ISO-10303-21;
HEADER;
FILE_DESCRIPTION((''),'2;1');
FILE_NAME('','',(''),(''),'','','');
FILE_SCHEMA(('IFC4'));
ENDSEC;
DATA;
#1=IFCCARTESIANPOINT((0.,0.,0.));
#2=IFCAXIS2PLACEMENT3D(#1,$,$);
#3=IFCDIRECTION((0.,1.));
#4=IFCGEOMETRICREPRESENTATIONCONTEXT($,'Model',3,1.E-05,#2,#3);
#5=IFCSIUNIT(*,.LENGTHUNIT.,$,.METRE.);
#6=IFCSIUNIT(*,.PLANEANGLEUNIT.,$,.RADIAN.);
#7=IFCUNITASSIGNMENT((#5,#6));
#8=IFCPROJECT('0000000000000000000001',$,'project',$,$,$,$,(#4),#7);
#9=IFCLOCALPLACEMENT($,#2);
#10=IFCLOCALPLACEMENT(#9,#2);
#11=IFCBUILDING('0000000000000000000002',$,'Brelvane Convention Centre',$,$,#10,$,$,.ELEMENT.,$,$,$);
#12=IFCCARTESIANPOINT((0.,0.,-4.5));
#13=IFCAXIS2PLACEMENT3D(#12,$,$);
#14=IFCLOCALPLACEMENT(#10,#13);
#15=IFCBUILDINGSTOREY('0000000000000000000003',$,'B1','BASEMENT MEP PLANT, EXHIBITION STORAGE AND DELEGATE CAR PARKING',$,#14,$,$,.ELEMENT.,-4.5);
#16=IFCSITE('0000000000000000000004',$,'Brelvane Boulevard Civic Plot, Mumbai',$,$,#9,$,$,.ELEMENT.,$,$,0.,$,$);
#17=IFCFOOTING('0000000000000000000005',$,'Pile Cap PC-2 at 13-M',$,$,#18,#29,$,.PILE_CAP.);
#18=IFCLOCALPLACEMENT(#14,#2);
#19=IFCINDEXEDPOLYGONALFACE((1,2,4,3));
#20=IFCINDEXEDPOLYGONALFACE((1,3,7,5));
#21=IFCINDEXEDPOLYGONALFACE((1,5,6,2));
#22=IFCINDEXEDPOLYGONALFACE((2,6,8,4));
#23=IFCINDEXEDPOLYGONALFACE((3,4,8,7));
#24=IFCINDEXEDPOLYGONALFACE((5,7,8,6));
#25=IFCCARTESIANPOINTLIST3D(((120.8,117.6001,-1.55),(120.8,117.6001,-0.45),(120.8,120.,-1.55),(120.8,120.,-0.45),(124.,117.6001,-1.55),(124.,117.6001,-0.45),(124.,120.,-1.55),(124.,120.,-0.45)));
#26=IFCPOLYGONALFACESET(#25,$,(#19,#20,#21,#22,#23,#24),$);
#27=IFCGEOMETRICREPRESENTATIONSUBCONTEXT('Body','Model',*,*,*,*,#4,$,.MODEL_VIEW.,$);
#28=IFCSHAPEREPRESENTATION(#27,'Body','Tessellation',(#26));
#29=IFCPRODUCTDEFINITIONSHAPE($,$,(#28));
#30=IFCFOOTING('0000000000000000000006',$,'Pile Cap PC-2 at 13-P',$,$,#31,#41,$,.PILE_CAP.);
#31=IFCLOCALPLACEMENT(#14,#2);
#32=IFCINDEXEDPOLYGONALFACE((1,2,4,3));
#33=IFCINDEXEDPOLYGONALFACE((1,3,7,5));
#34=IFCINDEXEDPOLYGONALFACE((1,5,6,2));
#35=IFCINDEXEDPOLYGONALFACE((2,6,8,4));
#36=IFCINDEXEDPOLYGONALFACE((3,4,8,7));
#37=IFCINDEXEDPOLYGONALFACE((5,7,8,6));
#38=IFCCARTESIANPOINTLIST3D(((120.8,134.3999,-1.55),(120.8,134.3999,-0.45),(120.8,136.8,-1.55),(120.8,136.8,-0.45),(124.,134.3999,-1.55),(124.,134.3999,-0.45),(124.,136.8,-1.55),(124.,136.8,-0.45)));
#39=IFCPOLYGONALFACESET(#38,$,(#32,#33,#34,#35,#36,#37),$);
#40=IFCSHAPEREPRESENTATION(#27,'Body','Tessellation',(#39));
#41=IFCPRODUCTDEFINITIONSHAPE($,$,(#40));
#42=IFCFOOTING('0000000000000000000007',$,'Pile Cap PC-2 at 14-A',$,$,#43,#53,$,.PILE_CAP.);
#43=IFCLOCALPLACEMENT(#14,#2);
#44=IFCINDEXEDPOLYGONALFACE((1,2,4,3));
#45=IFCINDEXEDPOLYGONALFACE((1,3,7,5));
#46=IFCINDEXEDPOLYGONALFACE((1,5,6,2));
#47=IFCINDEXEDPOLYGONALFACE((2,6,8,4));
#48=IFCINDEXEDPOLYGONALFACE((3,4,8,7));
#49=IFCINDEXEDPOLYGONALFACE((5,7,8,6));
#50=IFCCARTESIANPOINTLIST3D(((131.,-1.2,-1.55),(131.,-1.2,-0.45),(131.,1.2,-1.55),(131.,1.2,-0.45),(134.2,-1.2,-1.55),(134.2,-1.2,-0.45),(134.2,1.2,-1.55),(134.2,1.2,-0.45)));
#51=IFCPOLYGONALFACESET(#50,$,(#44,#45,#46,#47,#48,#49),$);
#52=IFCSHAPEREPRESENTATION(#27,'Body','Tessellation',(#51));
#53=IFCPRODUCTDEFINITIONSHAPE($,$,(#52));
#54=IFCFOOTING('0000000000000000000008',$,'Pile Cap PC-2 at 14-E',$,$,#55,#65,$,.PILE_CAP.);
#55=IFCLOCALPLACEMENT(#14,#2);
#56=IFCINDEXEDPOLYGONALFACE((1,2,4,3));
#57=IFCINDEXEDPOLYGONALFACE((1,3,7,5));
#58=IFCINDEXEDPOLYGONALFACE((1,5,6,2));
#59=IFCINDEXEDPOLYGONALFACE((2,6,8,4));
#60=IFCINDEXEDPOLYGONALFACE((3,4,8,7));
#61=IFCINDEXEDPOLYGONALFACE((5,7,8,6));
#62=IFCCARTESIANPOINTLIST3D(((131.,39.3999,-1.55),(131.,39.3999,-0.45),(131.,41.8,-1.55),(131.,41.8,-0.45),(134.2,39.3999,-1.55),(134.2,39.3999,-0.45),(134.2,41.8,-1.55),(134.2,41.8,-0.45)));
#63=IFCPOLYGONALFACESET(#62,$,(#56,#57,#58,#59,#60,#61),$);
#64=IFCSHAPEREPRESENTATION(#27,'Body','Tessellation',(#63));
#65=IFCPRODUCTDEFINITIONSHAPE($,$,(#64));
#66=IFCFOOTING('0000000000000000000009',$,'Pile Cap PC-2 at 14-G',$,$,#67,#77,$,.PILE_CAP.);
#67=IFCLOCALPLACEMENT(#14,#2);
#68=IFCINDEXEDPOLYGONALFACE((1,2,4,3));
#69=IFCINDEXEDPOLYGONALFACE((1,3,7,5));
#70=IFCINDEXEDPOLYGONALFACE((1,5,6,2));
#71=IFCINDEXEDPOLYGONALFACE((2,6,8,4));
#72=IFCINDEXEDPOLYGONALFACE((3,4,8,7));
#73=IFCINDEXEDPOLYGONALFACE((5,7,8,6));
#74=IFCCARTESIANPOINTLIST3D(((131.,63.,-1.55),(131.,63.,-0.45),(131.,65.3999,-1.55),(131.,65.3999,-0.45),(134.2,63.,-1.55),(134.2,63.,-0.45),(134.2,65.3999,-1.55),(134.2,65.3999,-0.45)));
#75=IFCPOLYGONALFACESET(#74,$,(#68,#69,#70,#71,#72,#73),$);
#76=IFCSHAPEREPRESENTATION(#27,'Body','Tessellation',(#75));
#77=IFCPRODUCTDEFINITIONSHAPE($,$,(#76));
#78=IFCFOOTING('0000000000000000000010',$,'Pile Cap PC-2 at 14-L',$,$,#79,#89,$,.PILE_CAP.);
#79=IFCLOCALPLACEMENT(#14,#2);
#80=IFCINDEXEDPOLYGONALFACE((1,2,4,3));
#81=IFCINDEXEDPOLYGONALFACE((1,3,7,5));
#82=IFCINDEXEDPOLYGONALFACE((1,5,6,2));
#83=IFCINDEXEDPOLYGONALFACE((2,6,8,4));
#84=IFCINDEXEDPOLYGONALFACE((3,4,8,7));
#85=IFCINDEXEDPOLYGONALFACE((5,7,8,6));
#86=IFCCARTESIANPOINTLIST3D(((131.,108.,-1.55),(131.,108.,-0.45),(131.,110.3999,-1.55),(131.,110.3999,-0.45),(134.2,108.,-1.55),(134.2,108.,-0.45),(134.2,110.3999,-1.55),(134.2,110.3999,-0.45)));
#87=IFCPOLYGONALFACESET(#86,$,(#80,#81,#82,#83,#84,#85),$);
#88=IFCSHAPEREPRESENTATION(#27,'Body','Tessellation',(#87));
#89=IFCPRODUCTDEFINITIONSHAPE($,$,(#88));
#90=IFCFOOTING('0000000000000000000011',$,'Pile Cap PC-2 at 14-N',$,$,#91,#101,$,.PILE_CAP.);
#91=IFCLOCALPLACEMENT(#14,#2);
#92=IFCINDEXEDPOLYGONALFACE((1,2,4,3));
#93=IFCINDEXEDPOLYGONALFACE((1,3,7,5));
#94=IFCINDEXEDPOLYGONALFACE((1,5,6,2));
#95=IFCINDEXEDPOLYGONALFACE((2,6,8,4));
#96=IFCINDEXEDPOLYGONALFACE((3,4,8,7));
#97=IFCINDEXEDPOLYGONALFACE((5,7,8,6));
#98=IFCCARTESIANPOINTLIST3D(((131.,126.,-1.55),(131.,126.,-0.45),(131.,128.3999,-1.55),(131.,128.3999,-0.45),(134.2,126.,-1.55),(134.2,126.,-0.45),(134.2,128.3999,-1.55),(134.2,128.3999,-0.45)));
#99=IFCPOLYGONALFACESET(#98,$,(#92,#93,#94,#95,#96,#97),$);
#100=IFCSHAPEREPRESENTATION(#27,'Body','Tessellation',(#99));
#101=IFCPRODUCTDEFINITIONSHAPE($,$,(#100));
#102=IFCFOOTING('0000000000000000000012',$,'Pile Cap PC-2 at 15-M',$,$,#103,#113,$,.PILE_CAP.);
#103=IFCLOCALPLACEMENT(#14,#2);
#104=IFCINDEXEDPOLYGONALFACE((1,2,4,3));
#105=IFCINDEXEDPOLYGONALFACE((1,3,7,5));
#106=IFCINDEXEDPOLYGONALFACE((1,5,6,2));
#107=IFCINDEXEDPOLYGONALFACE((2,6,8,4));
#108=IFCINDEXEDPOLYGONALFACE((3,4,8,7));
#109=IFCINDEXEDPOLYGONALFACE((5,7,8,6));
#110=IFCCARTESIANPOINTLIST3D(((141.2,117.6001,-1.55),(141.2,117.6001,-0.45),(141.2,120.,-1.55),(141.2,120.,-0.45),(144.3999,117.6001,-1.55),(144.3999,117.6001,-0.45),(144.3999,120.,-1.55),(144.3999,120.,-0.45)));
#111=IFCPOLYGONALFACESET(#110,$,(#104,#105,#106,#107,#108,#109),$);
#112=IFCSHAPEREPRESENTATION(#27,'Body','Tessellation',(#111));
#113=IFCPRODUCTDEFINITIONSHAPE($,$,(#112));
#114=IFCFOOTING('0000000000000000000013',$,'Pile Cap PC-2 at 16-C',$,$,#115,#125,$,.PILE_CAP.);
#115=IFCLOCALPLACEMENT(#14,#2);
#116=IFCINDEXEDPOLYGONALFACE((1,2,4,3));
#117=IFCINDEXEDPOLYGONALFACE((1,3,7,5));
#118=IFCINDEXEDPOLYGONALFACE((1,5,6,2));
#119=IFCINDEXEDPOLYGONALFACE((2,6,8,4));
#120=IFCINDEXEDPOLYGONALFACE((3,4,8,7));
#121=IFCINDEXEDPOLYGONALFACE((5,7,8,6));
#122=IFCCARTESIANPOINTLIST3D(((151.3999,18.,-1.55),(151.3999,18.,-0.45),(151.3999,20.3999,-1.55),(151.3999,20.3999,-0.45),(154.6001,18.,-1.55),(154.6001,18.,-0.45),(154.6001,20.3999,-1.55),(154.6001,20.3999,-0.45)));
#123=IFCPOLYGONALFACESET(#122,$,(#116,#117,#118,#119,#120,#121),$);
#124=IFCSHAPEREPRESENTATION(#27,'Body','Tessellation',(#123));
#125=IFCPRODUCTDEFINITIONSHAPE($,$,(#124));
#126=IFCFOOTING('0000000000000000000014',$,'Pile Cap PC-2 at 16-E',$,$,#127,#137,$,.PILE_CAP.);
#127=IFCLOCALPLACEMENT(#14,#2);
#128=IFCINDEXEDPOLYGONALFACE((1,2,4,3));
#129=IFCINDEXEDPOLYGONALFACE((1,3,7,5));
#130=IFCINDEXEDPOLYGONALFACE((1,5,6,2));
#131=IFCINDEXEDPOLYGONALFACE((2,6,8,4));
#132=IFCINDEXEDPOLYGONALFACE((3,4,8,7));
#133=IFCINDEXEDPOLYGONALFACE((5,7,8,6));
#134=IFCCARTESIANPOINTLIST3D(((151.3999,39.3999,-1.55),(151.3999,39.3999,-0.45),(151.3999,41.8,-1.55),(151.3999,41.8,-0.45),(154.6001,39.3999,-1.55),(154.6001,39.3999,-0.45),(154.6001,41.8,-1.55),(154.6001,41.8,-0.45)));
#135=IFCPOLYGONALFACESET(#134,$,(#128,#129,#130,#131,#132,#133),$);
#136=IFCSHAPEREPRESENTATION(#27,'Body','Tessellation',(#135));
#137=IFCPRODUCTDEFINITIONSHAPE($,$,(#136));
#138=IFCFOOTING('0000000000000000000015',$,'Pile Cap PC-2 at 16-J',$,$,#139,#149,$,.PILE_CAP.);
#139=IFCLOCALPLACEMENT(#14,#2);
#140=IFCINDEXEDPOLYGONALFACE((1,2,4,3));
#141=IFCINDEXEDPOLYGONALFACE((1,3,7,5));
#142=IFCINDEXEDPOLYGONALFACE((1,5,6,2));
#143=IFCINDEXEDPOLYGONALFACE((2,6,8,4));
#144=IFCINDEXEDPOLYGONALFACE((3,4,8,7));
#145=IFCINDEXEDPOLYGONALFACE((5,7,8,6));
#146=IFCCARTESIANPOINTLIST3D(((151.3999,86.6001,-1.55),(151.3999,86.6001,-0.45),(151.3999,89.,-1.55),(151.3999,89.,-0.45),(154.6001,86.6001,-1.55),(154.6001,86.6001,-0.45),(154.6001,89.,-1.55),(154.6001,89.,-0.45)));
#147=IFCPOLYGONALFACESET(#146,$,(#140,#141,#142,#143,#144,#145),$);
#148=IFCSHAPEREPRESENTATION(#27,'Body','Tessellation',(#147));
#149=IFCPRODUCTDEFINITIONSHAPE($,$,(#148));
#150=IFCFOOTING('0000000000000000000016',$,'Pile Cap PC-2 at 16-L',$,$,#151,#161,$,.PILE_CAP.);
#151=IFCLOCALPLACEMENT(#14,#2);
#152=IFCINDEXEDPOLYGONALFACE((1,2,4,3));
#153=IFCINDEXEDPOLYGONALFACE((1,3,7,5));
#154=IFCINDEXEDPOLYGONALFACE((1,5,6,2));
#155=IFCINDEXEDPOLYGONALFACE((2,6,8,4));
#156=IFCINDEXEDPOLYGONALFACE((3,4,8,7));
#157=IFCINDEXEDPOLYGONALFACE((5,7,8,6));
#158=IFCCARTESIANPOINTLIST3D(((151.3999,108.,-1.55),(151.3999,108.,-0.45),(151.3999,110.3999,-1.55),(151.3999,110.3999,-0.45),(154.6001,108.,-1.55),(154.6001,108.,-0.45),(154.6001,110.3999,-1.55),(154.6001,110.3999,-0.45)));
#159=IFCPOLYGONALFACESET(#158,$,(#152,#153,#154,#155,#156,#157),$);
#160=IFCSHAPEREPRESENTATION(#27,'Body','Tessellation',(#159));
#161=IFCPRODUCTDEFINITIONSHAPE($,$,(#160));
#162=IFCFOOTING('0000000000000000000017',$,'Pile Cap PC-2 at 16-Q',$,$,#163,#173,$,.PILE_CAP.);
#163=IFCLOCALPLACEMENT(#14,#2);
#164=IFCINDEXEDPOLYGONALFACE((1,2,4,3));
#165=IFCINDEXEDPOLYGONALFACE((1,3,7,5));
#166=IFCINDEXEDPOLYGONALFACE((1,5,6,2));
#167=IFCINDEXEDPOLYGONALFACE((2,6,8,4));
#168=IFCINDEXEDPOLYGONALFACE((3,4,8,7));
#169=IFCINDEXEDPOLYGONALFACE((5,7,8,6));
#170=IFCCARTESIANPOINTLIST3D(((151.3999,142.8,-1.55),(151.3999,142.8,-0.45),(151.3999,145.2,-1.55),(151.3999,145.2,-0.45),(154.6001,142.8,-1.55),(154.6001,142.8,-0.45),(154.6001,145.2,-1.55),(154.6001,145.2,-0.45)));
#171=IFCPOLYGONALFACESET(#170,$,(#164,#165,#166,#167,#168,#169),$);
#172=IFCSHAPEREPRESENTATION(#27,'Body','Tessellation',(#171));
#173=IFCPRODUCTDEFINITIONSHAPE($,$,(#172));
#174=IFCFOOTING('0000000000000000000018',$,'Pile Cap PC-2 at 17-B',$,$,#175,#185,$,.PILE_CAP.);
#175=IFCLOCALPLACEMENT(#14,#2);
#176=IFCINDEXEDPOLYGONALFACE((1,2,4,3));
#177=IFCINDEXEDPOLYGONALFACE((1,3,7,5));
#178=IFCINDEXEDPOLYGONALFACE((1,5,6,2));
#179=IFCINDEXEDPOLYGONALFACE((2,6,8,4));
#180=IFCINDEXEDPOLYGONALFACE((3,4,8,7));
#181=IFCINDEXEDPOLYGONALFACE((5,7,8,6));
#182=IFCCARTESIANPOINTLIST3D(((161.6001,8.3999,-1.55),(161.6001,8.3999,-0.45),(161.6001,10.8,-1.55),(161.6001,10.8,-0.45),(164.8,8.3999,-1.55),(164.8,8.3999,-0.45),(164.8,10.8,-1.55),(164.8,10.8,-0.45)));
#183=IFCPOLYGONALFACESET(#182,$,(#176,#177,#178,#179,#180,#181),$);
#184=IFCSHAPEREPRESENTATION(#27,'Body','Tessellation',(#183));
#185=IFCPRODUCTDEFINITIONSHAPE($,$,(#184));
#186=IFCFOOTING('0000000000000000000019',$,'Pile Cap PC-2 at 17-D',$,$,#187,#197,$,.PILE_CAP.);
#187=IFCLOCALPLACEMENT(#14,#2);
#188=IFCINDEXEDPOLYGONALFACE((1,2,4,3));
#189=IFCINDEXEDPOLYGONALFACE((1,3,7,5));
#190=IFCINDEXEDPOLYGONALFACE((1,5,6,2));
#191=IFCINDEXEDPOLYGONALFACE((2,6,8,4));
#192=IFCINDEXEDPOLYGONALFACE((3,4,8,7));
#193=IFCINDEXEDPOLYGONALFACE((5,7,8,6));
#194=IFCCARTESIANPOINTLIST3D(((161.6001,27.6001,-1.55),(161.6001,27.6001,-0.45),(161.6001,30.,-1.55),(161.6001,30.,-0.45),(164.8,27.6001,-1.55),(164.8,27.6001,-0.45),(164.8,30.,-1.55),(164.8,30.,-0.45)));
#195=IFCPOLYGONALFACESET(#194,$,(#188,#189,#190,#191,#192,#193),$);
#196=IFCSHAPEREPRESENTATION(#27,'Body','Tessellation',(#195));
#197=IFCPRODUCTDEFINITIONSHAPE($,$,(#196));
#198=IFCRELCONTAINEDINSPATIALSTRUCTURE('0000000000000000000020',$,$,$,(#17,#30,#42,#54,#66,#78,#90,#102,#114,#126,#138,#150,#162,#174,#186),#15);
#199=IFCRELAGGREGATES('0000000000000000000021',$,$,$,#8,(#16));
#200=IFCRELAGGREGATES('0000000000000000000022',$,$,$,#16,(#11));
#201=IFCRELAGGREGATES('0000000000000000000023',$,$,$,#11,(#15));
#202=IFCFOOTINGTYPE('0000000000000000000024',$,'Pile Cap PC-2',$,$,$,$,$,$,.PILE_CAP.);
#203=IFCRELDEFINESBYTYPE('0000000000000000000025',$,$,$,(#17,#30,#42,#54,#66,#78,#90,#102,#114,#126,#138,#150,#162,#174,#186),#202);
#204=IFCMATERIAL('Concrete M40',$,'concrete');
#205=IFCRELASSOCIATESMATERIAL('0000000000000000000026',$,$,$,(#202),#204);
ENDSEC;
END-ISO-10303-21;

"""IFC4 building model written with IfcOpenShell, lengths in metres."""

from ifc_helpers import new_model, si_unit, direction, frame, origin, place, context, subcontext, project, spatial, polyline, outline, extrude, material, type_object, element, save


model = new_model("IFC4")

# Units and contexts
model_context = context("Model", 3, precision=1e-05, world=origin(), true_north=direction((0.0, 1.0)))
body_context = subcontext(model_context, "Body", "Model", "MODEL_VIEW")
ifc_project = project(units=[si_unit("LENGTHUNIT", "METRE"), si_unit("PLANEANGLEUNIT", "RADIAN")], contexts=[model_context])

# Site, building, storey
site_placement = place(None, origin())
site = spatial("IfcSite", under=ifc_project, at=site_placement, Name="Brelvane Boulevard Civic Plot, Mumbai", CompositionType="ELEMENT", RefElevation=0.0)
building_placement = place(site_placement, origin())
building = spatial("IfcBuilding", under=site, at=building_placement, Name="Brelvane Convention Centre", CompositionType="ELEMENT")
storey_placement = place(building_placement, frame((0.0, 0.0, -4.5)))
storey = spatial("IfcBuildingStorey", under=building, at=storey_placement, Name="B1", Description="BASEMENT MEP PLANT, EXHIBITION STORAGE AND DELEGATE CAR PARKING", CompositionType="ELEMENT", Elevation=-4.5)

# Footings
ifc_material = material(Name="Concrete M40", Category="concrete")
footing_type = type_object("IfcFootingType", Name="Pile Cap PC-2", PredefinedType="PILE_CAP", material=ifc_material)
footing_1_placement = place(storey_placement, frame((0.0, 0.0, -1.55)))
element("IfcFooting", 1, at=footing_1_placement, inside=storey, type_object=footing_type, Name="Pile Cap PC-2 at 13-M", PredefinedType="PILE_CAP", context=body_context, shape_type="SweptSolid", body=[
    extrude(outline(polyline([(120.8, 117.6001), (124.0, 117.6001), (124.0, 120.0), (120.8, 120.0), (120.8, 117.6001)])), origin(), (0.0, 0.0, 1.0), 1.1001),
])
footing_2_placement = place(storey_placement, frame((0.0, 0.0, -1.55)))
element("IfcFooting", 2, at=footing_2_placement, inside=storey, type_object=footing_type, Name="Pile Cap PC-2 at 13-P", PredefinedType="PILE_CAP", context=body_context, shape_type="SweptSolid", body=[
    extrude(outline(polyline([(120.8, 134.3999), (124.0, 134.3999), (124.0, 136.8), (120.8, 136.8), (120.8, 134.3999)])), origin(), (0.0, 0.0, 1.0), 1.1001),
])
footing_3_placement = place(storey_placement, frame((0.0, 0.0, -1.55)))
element("IfcFooting", 3, at=footing_3_placement, inside=storey, type_object=footing_type, Name="Pile Cap PC-2 at 14-A", PredefinedType="PILE_CAP", context=body_context, shape_type="SweptSolid", body=[
    extrude(outline(polyline([(131.0, -1.2), (134.2, -1.2), (134.2, 1.2), (131.0, 1.2), (131.0, -1.2)])), origin(), (0.0, 0.0, 1.0), 1.1001),
])
footing_4_placement = place(storey_placement, frame((0.0, 0.0, -1.55)))
element("IfcFooting", 4, at=footing_4_placement, inside=storey, type_object=footing_type, Name="Pile Cap PC-2 at 14-E", PredefinedType="PILE_CAP", context=body_context, shape_type="SweptSolid", body=[
    extrude(outline(polyline([(131.0, 39.3999), (134.2, 39.3999), (134.2, 41.8), (131.0, 41.8), (131.0, 39.3999)])), origin(), (0.0, 0.0, 1.0), 1.1001),
])
footing_5_placement = place(storey_placement, frame((0.0, 0.0, -1.55)))
element("IfcFooting", 5, at=footing_5_placement, inside=storey, type_object=footing_type, Name="Pile Cap PC-2 at 14-G", PredefinedType="PILE_CAP", context=body_context, shape_type="SweptSolid", body=[
    extrude(outline(polyline([(131.0, 63.0), (134.2, 63.0), (134.2, 65.3999), (131.0, 65.3999), (131.0, 63.0)])), origin(), (0.0, 0.0, 1.0), 1.1001),
])
footing_6_placement = place(storey_placement, frame((0.0, 0.0, -1.55)))
element("IfcFooting", 6, at=footing_6_placement, inside=storey, type_object=footing_type, Name="Pile Cap PC-2 at 14-L", PredefinedType="PILE_CAP", context=body_context, shape_type="SweptSolid", body=[
    extrude(outline(polyline([(131.0, 108.0), (134.2, 108.0), (134.2, 110.3999), (131.0, 110.3999), (131.0, 108.0)])), origin(), (0.0, 0.0, 1.0), 1.1001),
])
footing_7_placement = place(storey_placement, frame((0.0, 0.0, -1.55)))
element("IfcFooting", 7, at=footing_7_placement, inside=storey, type_object=footing_type, Name="Pile Cap PC-2 at 14-N", PredefinedType="PILE_CAP", context=body_context, shape_type="SweptSolid", body=[
    extrude(outline(polyline([(131.0, 126.0), (134.2, 126.0), (134.2, 128.3999), (131.0, 128.3999), (131.0, 126.0)])), origin(), (0.0, 0.0, 1.0), 1.1001),
])
footing_8_placement = place(storey_placement, frame((0.0, 0.0, -1.55)))
element("IfcFooting", 8, at=footing_8_placement, inside=storey, type_object=footing_type, Name="Pile Cap PC-2 at 15-M", PredefinedType="PILE_CAP", context=body_context, shape_type="SweptSolid", body=[
    extrude(outline(polyline([(141.2, 117.6001), (144.3999, 117.6001), (144.3999, 120.0), (141.2, 120.0), (141.2, 117.6001)])), origin(), (0.0, 0.0, 1.0), 1.1001),
])
footing_9_placement = place(storey_placement, frame((0.0, 0.0, -1.55)))
element("IfcFooting", 9, at=footing_9_placement, inside=storey, type_object=footing_type, Name="Pile Cap PC-2 at 16-C", PredefinedType="PILE_CAP", context=body_context, shape_type="SweptSolid", body=[
    extrude(outline(polyline([(151.3999, 18.0), (154.6001, 18.0), (154.6001, 20.3999), (151.3999, 20.3999), (151.3999, 18.0)])), origin(), (0.0, 0.0, 1.0), 1.1001),
])
footing_10_placement = place(storey_placement, frame((0.0, 0.0, -1.55)))
element("IfcFooting", 10, at=footing_10_placement, inside=storey, type_object=footing_type, Name="Pile Cap PC-2 at 16-E", PredefinedType="PILE_CAP", context=body_context, shape_type="SweptSolid", body=[
    extrude(outline(polyline([(151.3999, 39.3999), (154.6001, 39.3999), (154.6001, 41.8), (151.3999, 41.8), (151.3999, 39.3999)])), origin(), (0.0, 0.0, 1.0), 1.1001),
])
footing_11_placement = place(storey_placement, frame((0.0, 0.0, -1.55)))
element("IfcFooting", 11, at=footing_11_placement, inside=storey, type_object=footing_type, Name="Pile Cap PC-2 at 16-J", PredefinedType="PILE_CAP", context=body_context, shape_type="SweptSolid", body=[
    extrude(outline(polyline([(151.3999, 86.6001), (154.6001, 86.6001), (154.6001, 89.0), (151.3999, 89.0), (151.3999, 86.6001)])), origin(), (0.0, 0.0, 1.0), 1.1001),
])
footing_12_placement = place(storey_placement, frame((0.0, 0.0, -1.55)))
element("IfcFooting", 12, at=footing_12_placement, inside=storey, type_object=footing_type, Name="Pile Cap PC-2 at 16-L", PredefinedType="PILE_CAP", context=body_context, shape_type="SweptSolid", body=[
    extrude(outline(polyline([(151.3999, 108.0), (154.6001, 108.0), (154.6001, 110.3999), (151.3999, 110.3999), (151.3999, 108.0)])), origin(), (0.0, 0.0, 1.0), 1.1001),
])
footing_13_placement = place(storey_placement, frame((0.0, 0.0, -1.55)))
element("IfcFooting", 13, at=footing_13_placement, inside=storey, type_object=footing_type, Name="Pile Cap PC-2 at 16-Q", PredefinedType="PILE_CAP", context=body_context, shape_type="SweptSolid", body=[
    extrude(outline(polyline([(151.3999, 142.8), (154.6001, 142.8), (154.6001, 145.2), (151.3999, 145.2), (151.3999, 142.8)])), origin(), (0.0, 0.0, 1.0), 1.1001),
])
footing_14_placement = place(storey_placement, frame((0.0, 0.0, -1.55)))
element("IfcFooting", 14, at=footing_14_placement, inside=storey, type_object=footing_type, Name="Pile Cap PC-2 at 17-B", PredefinedType="PILE_CAP", context=body_context, shape_type="SweptSolid", body=[
    extrude(outline(polyline([(161.6001, 8.3999), (164.8, 8.3999), (164.8, 10.8), (161.6001, 10.8), (161.6001, 8.3999)])), origin(), (0.0, 0.0, 1.0), 1.1001),
])
footing_15_placement = place(storey_placement, frame((0.0, 0.0, -1.55)))
element("IfcFooting", 15, at=footing_15_placement, inside=storey, type_object=footing_type, Name="Pile Cap PC-2 at 17-D", PredefinedType="PILE_CAP", context=body_context, shape_type="SweptSolid", body=[
    extrude(outline(polyline([(161.6001, 27.6001), (164.8, 27.6001), (164.8, 30.0), (161.6001, 30.0), (161.6001, 27.6001)])), origin(), (0.0, 0.0, 1.0), 1.1001),
])

save(model, "model.ifc")
